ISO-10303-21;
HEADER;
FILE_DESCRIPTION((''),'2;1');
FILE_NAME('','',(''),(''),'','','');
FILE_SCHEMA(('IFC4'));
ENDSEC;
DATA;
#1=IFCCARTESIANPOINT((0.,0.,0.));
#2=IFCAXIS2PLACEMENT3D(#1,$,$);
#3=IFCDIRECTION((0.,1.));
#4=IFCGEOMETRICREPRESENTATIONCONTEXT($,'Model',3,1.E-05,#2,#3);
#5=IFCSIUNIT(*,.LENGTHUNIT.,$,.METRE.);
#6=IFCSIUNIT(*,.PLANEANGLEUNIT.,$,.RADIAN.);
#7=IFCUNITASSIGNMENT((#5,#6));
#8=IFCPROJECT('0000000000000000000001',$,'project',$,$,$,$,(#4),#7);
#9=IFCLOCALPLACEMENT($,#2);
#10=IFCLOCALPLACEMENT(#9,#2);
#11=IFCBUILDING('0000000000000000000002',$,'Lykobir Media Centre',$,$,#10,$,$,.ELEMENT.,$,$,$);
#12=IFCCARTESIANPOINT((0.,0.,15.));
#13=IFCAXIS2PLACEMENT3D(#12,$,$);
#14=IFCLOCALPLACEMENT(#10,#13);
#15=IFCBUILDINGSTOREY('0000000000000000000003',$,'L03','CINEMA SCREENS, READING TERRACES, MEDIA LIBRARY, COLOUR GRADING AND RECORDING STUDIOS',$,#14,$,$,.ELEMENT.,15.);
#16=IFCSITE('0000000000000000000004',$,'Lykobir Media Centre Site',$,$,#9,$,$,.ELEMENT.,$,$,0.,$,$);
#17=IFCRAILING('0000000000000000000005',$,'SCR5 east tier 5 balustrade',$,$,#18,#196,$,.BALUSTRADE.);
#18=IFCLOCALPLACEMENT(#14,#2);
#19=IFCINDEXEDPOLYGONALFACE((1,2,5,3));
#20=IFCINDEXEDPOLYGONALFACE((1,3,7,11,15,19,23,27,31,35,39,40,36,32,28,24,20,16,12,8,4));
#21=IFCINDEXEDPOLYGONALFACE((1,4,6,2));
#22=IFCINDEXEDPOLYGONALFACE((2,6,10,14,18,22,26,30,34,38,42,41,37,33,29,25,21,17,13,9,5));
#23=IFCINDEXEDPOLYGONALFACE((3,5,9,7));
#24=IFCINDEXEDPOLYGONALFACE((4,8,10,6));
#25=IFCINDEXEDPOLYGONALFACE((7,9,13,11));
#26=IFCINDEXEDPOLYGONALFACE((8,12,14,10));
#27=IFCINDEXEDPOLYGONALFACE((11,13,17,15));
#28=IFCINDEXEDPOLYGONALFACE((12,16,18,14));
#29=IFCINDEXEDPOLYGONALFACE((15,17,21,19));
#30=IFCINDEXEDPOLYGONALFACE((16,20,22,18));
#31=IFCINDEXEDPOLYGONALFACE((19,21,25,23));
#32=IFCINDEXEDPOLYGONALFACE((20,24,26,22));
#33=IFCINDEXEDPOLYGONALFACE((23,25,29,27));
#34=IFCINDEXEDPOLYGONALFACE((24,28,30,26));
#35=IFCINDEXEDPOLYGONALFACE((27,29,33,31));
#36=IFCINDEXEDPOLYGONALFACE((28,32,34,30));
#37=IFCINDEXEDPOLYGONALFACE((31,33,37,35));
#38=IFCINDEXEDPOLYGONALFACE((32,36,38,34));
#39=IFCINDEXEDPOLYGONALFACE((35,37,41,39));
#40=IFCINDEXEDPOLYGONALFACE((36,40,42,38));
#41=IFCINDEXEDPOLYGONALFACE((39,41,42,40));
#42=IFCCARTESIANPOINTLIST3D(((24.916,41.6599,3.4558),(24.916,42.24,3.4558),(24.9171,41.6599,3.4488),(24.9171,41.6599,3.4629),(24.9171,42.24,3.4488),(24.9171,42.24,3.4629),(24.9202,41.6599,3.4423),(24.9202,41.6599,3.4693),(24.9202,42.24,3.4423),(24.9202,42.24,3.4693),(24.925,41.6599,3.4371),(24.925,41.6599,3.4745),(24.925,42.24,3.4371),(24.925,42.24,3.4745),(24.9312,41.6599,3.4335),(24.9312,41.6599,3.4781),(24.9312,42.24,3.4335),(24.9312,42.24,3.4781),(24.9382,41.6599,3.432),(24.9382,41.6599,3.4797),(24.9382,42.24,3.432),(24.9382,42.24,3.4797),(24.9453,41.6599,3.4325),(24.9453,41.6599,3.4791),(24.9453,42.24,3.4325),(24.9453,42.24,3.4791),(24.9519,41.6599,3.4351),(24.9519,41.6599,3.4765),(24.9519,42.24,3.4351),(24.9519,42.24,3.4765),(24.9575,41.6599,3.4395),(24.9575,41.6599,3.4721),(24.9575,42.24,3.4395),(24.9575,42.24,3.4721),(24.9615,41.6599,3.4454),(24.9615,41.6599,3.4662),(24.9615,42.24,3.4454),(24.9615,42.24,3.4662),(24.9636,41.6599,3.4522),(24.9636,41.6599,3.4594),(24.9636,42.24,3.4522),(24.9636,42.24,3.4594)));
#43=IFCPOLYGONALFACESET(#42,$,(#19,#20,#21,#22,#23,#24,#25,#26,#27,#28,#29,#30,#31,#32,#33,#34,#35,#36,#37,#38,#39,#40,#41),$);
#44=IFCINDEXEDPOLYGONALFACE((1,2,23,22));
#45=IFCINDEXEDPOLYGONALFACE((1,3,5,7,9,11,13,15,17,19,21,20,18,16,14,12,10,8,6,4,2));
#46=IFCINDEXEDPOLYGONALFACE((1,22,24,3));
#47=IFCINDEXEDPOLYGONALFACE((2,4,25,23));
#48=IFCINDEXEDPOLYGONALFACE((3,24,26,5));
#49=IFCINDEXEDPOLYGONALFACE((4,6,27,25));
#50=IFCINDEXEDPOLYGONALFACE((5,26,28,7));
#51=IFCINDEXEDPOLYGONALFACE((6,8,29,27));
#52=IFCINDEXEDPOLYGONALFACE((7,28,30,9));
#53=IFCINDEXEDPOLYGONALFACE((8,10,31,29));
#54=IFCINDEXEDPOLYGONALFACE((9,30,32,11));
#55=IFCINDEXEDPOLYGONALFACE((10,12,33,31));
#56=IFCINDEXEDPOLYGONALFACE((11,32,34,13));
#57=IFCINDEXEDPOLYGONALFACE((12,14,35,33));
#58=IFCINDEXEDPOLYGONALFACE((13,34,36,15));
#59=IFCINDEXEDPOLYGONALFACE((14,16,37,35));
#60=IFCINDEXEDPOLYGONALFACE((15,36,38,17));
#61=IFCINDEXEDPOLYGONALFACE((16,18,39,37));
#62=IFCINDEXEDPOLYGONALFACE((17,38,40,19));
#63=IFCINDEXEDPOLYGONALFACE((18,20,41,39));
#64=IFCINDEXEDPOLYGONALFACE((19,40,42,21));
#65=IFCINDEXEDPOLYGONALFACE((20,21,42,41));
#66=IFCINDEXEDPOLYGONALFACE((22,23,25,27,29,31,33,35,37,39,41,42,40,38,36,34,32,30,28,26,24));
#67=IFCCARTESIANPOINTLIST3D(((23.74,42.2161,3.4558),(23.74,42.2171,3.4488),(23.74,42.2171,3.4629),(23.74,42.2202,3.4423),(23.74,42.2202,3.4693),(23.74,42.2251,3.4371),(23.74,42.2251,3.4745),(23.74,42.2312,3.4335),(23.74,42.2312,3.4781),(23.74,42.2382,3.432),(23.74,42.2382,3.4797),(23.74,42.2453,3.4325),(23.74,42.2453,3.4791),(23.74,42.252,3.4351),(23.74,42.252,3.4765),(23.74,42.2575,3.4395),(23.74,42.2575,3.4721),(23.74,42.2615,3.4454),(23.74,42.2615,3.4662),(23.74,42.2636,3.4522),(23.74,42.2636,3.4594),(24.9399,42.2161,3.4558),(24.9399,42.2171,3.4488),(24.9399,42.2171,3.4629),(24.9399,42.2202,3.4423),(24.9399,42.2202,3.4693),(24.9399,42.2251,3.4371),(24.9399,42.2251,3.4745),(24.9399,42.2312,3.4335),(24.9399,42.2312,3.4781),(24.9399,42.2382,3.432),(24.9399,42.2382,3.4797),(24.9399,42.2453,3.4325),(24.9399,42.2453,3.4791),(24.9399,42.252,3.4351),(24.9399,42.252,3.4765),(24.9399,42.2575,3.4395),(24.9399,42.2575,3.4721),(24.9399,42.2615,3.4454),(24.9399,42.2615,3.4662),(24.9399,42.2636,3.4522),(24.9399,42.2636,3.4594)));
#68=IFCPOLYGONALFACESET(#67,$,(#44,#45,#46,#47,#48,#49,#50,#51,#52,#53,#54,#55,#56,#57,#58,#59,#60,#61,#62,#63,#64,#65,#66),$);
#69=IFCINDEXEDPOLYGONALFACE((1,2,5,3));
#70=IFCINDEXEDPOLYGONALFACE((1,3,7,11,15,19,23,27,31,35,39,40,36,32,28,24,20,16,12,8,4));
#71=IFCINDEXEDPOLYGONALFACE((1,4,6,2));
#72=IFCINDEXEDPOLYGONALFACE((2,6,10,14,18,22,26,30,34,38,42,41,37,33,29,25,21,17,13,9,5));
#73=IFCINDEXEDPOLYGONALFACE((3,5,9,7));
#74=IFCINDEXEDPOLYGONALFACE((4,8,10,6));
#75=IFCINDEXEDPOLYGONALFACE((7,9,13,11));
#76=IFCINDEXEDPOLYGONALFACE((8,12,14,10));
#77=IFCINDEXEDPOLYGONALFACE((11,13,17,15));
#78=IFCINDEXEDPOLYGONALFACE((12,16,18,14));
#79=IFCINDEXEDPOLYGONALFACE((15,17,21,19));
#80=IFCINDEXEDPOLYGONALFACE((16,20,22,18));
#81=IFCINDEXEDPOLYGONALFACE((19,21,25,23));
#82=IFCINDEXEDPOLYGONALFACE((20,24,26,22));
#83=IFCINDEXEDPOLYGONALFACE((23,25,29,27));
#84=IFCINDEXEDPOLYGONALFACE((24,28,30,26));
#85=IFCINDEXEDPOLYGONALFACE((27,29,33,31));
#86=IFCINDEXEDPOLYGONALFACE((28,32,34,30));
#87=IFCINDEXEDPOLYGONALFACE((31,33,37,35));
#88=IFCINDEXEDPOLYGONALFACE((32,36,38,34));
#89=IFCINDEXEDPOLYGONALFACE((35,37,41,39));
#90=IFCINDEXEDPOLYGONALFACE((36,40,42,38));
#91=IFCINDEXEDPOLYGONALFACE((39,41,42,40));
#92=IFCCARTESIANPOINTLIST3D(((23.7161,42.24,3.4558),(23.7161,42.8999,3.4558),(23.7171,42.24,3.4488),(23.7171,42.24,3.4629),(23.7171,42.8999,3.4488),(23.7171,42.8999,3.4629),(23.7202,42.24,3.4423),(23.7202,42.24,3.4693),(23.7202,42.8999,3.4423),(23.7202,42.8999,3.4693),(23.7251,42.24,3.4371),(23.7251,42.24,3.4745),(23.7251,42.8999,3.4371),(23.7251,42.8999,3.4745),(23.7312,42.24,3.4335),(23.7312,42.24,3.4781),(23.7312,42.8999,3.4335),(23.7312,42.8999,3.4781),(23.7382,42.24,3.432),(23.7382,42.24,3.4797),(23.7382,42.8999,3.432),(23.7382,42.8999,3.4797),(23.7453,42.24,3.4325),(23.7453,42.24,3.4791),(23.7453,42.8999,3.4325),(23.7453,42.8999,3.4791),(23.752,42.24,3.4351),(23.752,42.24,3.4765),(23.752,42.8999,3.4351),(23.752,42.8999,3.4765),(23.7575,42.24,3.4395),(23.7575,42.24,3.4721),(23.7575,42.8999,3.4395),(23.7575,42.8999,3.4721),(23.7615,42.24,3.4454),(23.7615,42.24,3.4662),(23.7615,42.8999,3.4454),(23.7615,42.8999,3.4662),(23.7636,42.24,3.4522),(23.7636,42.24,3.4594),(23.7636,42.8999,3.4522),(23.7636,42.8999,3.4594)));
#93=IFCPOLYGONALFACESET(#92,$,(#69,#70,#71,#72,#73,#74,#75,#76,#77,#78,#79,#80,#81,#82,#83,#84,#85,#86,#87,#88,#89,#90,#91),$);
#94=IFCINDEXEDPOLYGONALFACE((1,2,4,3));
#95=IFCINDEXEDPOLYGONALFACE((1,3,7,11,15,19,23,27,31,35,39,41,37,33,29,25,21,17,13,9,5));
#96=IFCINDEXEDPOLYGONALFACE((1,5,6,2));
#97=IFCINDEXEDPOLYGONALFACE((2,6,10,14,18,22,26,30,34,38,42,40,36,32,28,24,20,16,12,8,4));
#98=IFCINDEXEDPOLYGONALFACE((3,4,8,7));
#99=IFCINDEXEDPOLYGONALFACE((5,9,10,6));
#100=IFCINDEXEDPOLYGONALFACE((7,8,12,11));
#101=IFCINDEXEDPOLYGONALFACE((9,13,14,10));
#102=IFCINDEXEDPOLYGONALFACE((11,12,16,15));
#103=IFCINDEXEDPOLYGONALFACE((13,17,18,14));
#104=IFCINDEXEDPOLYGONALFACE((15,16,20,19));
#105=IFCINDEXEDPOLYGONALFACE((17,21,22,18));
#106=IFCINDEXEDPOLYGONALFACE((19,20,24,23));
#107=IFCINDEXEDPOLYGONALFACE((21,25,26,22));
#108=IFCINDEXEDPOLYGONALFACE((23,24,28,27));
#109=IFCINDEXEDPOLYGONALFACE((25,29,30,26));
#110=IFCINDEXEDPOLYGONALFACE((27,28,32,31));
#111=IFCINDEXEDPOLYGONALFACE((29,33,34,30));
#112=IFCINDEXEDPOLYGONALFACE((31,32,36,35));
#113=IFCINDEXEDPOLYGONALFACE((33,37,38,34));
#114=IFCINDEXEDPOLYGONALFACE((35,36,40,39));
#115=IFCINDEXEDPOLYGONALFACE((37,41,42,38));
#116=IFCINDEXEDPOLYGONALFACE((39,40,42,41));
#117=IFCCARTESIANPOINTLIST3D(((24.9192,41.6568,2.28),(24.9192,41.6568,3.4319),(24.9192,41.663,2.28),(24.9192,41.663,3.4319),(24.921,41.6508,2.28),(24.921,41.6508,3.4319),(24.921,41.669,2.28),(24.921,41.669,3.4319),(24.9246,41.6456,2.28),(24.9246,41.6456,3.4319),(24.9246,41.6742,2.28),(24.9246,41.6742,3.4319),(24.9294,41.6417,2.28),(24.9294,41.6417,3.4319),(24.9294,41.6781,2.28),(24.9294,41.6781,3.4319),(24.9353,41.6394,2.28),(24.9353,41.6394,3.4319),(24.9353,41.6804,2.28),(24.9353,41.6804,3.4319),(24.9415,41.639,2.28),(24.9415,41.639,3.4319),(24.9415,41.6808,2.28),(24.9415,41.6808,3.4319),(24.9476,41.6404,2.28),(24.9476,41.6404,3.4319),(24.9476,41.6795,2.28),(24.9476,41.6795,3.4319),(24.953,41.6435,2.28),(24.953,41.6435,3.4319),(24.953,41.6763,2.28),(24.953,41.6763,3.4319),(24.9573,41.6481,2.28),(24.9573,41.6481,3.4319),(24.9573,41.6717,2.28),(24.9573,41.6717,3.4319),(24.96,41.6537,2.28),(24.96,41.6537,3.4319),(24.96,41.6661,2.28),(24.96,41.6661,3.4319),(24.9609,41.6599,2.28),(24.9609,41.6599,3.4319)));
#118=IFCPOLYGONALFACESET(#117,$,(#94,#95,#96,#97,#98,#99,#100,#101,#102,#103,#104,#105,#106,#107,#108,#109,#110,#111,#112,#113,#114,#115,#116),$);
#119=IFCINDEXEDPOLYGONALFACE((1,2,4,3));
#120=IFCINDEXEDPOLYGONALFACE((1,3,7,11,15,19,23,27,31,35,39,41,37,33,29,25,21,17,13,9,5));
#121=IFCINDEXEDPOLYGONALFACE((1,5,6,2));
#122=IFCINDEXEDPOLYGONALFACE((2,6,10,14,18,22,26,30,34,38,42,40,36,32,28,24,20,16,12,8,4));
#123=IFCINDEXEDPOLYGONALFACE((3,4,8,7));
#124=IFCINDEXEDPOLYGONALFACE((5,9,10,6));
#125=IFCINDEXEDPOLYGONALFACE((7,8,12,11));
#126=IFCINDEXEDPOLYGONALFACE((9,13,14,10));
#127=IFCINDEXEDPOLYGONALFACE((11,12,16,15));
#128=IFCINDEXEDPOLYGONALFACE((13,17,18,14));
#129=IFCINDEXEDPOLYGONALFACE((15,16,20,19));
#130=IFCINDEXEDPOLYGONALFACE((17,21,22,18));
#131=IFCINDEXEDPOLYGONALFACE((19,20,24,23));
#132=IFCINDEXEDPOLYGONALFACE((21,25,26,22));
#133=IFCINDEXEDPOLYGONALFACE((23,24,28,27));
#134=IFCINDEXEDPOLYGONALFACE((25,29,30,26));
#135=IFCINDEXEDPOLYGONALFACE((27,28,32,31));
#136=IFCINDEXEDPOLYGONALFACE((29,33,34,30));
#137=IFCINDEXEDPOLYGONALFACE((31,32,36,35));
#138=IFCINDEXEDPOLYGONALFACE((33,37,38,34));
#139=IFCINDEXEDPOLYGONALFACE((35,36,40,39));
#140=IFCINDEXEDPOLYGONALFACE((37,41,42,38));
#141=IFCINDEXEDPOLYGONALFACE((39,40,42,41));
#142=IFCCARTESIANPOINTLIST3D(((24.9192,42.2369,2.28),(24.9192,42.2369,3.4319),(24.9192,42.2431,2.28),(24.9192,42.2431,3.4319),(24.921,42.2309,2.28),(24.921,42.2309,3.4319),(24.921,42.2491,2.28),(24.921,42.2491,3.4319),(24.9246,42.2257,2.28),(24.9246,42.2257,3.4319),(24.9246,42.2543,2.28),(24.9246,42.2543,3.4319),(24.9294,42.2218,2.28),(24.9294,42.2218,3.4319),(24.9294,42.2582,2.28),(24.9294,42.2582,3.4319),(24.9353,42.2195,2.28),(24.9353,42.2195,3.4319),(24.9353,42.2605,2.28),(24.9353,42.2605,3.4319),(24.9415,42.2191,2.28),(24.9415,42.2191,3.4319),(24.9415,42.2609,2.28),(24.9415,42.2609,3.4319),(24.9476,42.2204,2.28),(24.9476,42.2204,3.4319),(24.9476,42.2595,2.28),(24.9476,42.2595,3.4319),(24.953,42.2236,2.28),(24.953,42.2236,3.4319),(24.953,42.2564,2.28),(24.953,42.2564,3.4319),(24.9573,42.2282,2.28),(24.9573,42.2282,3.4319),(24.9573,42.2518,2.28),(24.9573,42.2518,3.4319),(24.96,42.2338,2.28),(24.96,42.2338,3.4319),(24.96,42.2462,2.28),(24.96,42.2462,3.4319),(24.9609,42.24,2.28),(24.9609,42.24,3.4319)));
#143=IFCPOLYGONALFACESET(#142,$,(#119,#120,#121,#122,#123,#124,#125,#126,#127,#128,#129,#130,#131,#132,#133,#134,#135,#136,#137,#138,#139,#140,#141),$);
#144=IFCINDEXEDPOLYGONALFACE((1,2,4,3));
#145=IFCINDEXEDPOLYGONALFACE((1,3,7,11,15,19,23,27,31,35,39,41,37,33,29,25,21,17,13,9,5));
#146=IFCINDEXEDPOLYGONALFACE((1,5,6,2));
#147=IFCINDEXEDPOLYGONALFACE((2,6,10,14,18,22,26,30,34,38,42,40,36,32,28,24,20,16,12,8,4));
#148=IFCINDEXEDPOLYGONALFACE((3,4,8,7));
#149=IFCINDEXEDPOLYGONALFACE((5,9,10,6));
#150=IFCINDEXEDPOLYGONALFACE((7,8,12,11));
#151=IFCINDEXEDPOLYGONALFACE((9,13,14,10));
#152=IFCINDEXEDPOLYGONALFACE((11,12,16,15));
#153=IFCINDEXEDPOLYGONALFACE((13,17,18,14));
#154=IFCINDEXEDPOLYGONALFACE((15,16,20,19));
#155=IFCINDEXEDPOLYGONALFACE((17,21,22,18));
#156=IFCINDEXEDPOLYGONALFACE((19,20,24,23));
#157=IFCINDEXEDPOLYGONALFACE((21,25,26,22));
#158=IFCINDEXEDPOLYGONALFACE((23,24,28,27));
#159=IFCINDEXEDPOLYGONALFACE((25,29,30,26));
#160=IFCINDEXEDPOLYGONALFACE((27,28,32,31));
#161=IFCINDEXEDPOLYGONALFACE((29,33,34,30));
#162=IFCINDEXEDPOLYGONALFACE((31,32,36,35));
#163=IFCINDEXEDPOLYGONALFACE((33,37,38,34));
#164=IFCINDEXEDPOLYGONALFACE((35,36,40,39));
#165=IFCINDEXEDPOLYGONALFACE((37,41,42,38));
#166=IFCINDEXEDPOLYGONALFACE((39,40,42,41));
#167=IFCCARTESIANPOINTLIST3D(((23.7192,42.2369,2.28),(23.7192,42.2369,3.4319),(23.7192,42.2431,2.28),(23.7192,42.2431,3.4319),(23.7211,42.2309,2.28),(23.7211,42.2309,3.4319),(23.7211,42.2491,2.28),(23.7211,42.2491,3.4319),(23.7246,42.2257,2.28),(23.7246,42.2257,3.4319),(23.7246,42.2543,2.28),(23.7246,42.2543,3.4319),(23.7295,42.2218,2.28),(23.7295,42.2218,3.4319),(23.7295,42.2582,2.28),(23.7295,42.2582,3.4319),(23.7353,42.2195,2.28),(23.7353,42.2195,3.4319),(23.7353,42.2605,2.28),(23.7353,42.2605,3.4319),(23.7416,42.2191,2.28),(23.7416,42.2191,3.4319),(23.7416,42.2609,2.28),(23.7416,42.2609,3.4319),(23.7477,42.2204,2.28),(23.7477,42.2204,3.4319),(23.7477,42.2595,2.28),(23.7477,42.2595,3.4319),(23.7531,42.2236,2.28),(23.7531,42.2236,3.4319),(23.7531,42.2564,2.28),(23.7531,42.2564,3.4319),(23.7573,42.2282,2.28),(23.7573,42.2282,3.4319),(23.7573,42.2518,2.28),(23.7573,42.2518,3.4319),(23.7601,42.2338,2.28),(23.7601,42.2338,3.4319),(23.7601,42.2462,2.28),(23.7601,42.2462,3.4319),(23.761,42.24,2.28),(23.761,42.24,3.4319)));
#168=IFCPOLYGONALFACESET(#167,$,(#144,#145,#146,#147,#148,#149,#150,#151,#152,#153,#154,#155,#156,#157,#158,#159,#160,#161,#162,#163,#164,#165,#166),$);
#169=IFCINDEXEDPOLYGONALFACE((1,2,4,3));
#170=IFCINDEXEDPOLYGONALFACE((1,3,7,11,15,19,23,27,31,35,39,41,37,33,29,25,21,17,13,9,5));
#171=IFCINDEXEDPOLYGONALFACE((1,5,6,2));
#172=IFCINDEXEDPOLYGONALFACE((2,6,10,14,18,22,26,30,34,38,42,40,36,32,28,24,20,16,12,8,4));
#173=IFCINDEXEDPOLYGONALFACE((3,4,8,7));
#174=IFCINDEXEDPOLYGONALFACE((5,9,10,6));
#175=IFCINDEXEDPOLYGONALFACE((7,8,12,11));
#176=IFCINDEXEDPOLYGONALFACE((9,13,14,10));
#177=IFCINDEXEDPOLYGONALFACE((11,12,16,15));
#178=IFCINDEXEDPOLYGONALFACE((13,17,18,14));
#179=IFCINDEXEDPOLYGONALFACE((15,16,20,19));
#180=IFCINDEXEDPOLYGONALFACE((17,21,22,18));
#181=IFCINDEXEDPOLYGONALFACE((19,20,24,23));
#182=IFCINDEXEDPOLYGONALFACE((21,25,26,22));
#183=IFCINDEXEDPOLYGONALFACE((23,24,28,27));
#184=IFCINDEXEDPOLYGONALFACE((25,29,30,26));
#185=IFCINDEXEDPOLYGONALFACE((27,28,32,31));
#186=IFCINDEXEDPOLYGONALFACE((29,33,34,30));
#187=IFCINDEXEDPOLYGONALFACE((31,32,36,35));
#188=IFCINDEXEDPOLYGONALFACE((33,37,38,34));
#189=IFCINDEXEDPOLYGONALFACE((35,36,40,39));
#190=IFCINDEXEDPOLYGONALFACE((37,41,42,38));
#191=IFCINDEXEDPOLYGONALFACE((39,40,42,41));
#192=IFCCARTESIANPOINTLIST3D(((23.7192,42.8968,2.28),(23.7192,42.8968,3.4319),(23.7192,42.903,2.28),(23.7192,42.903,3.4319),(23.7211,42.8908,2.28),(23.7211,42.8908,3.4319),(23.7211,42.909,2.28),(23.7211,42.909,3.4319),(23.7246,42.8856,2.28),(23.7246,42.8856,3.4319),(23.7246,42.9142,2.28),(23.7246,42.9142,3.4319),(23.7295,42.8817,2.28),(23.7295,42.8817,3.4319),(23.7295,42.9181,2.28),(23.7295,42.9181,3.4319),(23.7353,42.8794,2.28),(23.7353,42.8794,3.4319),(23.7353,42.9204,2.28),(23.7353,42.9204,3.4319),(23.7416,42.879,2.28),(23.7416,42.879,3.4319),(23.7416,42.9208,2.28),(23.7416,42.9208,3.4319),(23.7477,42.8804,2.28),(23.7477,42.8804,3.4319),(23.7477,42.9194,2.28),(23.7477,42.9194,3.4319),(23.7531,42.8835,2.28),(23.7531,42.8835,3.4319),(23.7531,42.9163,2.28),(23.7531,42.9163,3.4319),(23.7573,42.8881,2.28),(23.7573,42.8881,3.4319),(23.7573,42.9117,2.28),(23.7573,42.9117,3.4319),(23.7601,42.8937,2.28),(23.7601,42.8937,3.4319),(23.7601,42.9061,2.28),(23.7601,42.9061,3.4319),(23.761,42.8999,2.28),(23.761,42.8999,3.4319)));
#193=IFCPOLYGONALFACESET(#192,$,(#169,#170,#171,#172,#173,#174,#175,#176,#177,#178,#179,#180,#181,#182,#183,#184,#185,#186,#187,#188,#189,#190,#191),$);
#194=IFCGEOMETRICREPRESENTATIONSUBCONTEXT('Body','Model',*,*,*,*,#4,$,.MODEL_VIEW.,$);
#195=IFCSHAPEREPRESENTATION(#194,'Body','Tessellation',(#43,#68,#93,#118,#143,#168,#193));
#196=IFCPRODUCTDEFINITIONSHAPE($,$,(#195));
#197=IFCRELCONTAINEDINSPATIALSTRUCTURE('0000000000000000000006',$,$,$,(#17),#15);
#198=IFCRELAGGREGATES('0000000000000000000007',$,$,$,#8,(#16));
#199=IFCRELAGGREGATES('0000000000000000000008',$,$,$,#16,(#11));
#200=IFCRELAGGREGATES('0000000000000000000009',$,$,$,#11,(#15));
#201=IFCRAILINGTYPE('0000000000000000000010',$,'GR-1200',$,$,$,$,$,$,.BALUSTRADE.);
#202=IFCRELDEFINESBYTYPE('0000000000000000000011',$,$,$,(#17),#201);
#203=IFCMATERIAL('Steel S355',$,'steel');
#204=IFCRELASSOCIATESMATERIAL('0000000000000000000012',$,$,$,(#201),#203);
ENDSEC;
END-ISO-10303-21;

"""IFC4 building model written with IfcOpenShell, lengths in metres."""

from ifc_helpers import new_model, si_unit, direction, frame, origin, origin_2d, place, context, subcontext, project, spatial, circle, extrude, material, type_object, element, save


model = new_model("IFC4")

# Units and contexts
model_context = context("Model", 3, precision=1e-05, world=origin(), true_north=direction((0.0, 1.0)))
body_context = subcontext(model_context, "Body", "Model", "MODEL_VIEW")
ifc_project = project(units=[si_unit("LENGTHUNIT", "METRE"), si_unit("PLANEANGLEUNIT", "RADIAN")], contexts=[model_context])

# Site, building, storey
site_placement = place(None, origin())
site = spatial("IfcSite", under=ifc_project, at=site_placement, Name="Lykobir Media Centre Site", CompositionType="ELEMENT", RefElevation=0.0)
building_placement = place(site_placement, origin())
building = spatial("IfcBuilding", under=site, at=building_placement, Name="Lykobir Media Centre", CompositionType="ELEMENT")
storey_placement = place(building_placement, frame((0.0, 0.0, 15.0)))
storey = spatial("IfcBuildingStorey", under=building, at=storey_placement, Name="L03", Description="CINEMA SCREENS, READING TERRACES, MEDIA LIBRARY, COLOUR GRADING AND RECORDING STUDIOS", CompositionType="ELEMENT", Elevation=15.0)

# Shared definitions
ifc_material = material(Name="Steel S355", Category="steel")

# Railing
railing_type = type_object("IfcRailingType", Name="GR-1200", PredefinedType="BALUSTRADE", material=ifc_material)
for number, where, name in (
    (1, (24.9399, 41.6599, 2.28), "SCR5 east tier 5 balustrade"),
):
    element("IfcRailing", number, at=place(storey_placement, frame(where)), inside=storey, type_object=railing_type, Name=name, PredefinedType="BALUSTRADE", context=body_context, shape_type="SweptSolid", body=[
        extrude(circle(Radius=0.0239, at=origin_2d()), frame((0.0, 0.0, 1.1758), z_axis=(0.0, 1.0, 0.0), x_axis=(-1.0, 0.0, 0.0)), (0.0, 0.0, 1.0), 0.5801),
        extrude(circle(Radius=0.0239, at=origin_2d()), frame((0.0, 0.5801, 1.1758), z_axis=(-1.0, 0.0, 0.0), x_axis=(0.0, -1.0, 0.0)), (0.0, 0.0, 1.0), 1.2),
        extrude(circle(Radius=0.0239, at=origin_2d()), frame((-1.2, 0.5801, 1.1758), z_axis=(0.0, 1.0, 0.0), x_axis=(-1.0, 0.0, 0.0)), (0.0, 0.0, 1.0), 0.6599),
        extrude(circle(Radius=0.021, at=origin_2d()), origin(), (0.0, 0.0, 1.0), 1.1519),
        extrude(circle(Radius=0.021, at=origin_2d()), frame((0.0, 0.5801, 0.0)), (0.0, 0.0, 1.0), 1.1519),
        extrude(circle(Radius=0.021, at=origin_2d()), frame((-1.2, 0.5801, 0.0)), (0.0, 0.0, 1.0), 1.1519),
        extrude(circle(Radius=0.021, at=origin_2d()), frame((-1.2, 1.24, 0.0)), (0.0, 0.0, 1.0), 1.1519),
    ])

save(model, "model.ifc")
